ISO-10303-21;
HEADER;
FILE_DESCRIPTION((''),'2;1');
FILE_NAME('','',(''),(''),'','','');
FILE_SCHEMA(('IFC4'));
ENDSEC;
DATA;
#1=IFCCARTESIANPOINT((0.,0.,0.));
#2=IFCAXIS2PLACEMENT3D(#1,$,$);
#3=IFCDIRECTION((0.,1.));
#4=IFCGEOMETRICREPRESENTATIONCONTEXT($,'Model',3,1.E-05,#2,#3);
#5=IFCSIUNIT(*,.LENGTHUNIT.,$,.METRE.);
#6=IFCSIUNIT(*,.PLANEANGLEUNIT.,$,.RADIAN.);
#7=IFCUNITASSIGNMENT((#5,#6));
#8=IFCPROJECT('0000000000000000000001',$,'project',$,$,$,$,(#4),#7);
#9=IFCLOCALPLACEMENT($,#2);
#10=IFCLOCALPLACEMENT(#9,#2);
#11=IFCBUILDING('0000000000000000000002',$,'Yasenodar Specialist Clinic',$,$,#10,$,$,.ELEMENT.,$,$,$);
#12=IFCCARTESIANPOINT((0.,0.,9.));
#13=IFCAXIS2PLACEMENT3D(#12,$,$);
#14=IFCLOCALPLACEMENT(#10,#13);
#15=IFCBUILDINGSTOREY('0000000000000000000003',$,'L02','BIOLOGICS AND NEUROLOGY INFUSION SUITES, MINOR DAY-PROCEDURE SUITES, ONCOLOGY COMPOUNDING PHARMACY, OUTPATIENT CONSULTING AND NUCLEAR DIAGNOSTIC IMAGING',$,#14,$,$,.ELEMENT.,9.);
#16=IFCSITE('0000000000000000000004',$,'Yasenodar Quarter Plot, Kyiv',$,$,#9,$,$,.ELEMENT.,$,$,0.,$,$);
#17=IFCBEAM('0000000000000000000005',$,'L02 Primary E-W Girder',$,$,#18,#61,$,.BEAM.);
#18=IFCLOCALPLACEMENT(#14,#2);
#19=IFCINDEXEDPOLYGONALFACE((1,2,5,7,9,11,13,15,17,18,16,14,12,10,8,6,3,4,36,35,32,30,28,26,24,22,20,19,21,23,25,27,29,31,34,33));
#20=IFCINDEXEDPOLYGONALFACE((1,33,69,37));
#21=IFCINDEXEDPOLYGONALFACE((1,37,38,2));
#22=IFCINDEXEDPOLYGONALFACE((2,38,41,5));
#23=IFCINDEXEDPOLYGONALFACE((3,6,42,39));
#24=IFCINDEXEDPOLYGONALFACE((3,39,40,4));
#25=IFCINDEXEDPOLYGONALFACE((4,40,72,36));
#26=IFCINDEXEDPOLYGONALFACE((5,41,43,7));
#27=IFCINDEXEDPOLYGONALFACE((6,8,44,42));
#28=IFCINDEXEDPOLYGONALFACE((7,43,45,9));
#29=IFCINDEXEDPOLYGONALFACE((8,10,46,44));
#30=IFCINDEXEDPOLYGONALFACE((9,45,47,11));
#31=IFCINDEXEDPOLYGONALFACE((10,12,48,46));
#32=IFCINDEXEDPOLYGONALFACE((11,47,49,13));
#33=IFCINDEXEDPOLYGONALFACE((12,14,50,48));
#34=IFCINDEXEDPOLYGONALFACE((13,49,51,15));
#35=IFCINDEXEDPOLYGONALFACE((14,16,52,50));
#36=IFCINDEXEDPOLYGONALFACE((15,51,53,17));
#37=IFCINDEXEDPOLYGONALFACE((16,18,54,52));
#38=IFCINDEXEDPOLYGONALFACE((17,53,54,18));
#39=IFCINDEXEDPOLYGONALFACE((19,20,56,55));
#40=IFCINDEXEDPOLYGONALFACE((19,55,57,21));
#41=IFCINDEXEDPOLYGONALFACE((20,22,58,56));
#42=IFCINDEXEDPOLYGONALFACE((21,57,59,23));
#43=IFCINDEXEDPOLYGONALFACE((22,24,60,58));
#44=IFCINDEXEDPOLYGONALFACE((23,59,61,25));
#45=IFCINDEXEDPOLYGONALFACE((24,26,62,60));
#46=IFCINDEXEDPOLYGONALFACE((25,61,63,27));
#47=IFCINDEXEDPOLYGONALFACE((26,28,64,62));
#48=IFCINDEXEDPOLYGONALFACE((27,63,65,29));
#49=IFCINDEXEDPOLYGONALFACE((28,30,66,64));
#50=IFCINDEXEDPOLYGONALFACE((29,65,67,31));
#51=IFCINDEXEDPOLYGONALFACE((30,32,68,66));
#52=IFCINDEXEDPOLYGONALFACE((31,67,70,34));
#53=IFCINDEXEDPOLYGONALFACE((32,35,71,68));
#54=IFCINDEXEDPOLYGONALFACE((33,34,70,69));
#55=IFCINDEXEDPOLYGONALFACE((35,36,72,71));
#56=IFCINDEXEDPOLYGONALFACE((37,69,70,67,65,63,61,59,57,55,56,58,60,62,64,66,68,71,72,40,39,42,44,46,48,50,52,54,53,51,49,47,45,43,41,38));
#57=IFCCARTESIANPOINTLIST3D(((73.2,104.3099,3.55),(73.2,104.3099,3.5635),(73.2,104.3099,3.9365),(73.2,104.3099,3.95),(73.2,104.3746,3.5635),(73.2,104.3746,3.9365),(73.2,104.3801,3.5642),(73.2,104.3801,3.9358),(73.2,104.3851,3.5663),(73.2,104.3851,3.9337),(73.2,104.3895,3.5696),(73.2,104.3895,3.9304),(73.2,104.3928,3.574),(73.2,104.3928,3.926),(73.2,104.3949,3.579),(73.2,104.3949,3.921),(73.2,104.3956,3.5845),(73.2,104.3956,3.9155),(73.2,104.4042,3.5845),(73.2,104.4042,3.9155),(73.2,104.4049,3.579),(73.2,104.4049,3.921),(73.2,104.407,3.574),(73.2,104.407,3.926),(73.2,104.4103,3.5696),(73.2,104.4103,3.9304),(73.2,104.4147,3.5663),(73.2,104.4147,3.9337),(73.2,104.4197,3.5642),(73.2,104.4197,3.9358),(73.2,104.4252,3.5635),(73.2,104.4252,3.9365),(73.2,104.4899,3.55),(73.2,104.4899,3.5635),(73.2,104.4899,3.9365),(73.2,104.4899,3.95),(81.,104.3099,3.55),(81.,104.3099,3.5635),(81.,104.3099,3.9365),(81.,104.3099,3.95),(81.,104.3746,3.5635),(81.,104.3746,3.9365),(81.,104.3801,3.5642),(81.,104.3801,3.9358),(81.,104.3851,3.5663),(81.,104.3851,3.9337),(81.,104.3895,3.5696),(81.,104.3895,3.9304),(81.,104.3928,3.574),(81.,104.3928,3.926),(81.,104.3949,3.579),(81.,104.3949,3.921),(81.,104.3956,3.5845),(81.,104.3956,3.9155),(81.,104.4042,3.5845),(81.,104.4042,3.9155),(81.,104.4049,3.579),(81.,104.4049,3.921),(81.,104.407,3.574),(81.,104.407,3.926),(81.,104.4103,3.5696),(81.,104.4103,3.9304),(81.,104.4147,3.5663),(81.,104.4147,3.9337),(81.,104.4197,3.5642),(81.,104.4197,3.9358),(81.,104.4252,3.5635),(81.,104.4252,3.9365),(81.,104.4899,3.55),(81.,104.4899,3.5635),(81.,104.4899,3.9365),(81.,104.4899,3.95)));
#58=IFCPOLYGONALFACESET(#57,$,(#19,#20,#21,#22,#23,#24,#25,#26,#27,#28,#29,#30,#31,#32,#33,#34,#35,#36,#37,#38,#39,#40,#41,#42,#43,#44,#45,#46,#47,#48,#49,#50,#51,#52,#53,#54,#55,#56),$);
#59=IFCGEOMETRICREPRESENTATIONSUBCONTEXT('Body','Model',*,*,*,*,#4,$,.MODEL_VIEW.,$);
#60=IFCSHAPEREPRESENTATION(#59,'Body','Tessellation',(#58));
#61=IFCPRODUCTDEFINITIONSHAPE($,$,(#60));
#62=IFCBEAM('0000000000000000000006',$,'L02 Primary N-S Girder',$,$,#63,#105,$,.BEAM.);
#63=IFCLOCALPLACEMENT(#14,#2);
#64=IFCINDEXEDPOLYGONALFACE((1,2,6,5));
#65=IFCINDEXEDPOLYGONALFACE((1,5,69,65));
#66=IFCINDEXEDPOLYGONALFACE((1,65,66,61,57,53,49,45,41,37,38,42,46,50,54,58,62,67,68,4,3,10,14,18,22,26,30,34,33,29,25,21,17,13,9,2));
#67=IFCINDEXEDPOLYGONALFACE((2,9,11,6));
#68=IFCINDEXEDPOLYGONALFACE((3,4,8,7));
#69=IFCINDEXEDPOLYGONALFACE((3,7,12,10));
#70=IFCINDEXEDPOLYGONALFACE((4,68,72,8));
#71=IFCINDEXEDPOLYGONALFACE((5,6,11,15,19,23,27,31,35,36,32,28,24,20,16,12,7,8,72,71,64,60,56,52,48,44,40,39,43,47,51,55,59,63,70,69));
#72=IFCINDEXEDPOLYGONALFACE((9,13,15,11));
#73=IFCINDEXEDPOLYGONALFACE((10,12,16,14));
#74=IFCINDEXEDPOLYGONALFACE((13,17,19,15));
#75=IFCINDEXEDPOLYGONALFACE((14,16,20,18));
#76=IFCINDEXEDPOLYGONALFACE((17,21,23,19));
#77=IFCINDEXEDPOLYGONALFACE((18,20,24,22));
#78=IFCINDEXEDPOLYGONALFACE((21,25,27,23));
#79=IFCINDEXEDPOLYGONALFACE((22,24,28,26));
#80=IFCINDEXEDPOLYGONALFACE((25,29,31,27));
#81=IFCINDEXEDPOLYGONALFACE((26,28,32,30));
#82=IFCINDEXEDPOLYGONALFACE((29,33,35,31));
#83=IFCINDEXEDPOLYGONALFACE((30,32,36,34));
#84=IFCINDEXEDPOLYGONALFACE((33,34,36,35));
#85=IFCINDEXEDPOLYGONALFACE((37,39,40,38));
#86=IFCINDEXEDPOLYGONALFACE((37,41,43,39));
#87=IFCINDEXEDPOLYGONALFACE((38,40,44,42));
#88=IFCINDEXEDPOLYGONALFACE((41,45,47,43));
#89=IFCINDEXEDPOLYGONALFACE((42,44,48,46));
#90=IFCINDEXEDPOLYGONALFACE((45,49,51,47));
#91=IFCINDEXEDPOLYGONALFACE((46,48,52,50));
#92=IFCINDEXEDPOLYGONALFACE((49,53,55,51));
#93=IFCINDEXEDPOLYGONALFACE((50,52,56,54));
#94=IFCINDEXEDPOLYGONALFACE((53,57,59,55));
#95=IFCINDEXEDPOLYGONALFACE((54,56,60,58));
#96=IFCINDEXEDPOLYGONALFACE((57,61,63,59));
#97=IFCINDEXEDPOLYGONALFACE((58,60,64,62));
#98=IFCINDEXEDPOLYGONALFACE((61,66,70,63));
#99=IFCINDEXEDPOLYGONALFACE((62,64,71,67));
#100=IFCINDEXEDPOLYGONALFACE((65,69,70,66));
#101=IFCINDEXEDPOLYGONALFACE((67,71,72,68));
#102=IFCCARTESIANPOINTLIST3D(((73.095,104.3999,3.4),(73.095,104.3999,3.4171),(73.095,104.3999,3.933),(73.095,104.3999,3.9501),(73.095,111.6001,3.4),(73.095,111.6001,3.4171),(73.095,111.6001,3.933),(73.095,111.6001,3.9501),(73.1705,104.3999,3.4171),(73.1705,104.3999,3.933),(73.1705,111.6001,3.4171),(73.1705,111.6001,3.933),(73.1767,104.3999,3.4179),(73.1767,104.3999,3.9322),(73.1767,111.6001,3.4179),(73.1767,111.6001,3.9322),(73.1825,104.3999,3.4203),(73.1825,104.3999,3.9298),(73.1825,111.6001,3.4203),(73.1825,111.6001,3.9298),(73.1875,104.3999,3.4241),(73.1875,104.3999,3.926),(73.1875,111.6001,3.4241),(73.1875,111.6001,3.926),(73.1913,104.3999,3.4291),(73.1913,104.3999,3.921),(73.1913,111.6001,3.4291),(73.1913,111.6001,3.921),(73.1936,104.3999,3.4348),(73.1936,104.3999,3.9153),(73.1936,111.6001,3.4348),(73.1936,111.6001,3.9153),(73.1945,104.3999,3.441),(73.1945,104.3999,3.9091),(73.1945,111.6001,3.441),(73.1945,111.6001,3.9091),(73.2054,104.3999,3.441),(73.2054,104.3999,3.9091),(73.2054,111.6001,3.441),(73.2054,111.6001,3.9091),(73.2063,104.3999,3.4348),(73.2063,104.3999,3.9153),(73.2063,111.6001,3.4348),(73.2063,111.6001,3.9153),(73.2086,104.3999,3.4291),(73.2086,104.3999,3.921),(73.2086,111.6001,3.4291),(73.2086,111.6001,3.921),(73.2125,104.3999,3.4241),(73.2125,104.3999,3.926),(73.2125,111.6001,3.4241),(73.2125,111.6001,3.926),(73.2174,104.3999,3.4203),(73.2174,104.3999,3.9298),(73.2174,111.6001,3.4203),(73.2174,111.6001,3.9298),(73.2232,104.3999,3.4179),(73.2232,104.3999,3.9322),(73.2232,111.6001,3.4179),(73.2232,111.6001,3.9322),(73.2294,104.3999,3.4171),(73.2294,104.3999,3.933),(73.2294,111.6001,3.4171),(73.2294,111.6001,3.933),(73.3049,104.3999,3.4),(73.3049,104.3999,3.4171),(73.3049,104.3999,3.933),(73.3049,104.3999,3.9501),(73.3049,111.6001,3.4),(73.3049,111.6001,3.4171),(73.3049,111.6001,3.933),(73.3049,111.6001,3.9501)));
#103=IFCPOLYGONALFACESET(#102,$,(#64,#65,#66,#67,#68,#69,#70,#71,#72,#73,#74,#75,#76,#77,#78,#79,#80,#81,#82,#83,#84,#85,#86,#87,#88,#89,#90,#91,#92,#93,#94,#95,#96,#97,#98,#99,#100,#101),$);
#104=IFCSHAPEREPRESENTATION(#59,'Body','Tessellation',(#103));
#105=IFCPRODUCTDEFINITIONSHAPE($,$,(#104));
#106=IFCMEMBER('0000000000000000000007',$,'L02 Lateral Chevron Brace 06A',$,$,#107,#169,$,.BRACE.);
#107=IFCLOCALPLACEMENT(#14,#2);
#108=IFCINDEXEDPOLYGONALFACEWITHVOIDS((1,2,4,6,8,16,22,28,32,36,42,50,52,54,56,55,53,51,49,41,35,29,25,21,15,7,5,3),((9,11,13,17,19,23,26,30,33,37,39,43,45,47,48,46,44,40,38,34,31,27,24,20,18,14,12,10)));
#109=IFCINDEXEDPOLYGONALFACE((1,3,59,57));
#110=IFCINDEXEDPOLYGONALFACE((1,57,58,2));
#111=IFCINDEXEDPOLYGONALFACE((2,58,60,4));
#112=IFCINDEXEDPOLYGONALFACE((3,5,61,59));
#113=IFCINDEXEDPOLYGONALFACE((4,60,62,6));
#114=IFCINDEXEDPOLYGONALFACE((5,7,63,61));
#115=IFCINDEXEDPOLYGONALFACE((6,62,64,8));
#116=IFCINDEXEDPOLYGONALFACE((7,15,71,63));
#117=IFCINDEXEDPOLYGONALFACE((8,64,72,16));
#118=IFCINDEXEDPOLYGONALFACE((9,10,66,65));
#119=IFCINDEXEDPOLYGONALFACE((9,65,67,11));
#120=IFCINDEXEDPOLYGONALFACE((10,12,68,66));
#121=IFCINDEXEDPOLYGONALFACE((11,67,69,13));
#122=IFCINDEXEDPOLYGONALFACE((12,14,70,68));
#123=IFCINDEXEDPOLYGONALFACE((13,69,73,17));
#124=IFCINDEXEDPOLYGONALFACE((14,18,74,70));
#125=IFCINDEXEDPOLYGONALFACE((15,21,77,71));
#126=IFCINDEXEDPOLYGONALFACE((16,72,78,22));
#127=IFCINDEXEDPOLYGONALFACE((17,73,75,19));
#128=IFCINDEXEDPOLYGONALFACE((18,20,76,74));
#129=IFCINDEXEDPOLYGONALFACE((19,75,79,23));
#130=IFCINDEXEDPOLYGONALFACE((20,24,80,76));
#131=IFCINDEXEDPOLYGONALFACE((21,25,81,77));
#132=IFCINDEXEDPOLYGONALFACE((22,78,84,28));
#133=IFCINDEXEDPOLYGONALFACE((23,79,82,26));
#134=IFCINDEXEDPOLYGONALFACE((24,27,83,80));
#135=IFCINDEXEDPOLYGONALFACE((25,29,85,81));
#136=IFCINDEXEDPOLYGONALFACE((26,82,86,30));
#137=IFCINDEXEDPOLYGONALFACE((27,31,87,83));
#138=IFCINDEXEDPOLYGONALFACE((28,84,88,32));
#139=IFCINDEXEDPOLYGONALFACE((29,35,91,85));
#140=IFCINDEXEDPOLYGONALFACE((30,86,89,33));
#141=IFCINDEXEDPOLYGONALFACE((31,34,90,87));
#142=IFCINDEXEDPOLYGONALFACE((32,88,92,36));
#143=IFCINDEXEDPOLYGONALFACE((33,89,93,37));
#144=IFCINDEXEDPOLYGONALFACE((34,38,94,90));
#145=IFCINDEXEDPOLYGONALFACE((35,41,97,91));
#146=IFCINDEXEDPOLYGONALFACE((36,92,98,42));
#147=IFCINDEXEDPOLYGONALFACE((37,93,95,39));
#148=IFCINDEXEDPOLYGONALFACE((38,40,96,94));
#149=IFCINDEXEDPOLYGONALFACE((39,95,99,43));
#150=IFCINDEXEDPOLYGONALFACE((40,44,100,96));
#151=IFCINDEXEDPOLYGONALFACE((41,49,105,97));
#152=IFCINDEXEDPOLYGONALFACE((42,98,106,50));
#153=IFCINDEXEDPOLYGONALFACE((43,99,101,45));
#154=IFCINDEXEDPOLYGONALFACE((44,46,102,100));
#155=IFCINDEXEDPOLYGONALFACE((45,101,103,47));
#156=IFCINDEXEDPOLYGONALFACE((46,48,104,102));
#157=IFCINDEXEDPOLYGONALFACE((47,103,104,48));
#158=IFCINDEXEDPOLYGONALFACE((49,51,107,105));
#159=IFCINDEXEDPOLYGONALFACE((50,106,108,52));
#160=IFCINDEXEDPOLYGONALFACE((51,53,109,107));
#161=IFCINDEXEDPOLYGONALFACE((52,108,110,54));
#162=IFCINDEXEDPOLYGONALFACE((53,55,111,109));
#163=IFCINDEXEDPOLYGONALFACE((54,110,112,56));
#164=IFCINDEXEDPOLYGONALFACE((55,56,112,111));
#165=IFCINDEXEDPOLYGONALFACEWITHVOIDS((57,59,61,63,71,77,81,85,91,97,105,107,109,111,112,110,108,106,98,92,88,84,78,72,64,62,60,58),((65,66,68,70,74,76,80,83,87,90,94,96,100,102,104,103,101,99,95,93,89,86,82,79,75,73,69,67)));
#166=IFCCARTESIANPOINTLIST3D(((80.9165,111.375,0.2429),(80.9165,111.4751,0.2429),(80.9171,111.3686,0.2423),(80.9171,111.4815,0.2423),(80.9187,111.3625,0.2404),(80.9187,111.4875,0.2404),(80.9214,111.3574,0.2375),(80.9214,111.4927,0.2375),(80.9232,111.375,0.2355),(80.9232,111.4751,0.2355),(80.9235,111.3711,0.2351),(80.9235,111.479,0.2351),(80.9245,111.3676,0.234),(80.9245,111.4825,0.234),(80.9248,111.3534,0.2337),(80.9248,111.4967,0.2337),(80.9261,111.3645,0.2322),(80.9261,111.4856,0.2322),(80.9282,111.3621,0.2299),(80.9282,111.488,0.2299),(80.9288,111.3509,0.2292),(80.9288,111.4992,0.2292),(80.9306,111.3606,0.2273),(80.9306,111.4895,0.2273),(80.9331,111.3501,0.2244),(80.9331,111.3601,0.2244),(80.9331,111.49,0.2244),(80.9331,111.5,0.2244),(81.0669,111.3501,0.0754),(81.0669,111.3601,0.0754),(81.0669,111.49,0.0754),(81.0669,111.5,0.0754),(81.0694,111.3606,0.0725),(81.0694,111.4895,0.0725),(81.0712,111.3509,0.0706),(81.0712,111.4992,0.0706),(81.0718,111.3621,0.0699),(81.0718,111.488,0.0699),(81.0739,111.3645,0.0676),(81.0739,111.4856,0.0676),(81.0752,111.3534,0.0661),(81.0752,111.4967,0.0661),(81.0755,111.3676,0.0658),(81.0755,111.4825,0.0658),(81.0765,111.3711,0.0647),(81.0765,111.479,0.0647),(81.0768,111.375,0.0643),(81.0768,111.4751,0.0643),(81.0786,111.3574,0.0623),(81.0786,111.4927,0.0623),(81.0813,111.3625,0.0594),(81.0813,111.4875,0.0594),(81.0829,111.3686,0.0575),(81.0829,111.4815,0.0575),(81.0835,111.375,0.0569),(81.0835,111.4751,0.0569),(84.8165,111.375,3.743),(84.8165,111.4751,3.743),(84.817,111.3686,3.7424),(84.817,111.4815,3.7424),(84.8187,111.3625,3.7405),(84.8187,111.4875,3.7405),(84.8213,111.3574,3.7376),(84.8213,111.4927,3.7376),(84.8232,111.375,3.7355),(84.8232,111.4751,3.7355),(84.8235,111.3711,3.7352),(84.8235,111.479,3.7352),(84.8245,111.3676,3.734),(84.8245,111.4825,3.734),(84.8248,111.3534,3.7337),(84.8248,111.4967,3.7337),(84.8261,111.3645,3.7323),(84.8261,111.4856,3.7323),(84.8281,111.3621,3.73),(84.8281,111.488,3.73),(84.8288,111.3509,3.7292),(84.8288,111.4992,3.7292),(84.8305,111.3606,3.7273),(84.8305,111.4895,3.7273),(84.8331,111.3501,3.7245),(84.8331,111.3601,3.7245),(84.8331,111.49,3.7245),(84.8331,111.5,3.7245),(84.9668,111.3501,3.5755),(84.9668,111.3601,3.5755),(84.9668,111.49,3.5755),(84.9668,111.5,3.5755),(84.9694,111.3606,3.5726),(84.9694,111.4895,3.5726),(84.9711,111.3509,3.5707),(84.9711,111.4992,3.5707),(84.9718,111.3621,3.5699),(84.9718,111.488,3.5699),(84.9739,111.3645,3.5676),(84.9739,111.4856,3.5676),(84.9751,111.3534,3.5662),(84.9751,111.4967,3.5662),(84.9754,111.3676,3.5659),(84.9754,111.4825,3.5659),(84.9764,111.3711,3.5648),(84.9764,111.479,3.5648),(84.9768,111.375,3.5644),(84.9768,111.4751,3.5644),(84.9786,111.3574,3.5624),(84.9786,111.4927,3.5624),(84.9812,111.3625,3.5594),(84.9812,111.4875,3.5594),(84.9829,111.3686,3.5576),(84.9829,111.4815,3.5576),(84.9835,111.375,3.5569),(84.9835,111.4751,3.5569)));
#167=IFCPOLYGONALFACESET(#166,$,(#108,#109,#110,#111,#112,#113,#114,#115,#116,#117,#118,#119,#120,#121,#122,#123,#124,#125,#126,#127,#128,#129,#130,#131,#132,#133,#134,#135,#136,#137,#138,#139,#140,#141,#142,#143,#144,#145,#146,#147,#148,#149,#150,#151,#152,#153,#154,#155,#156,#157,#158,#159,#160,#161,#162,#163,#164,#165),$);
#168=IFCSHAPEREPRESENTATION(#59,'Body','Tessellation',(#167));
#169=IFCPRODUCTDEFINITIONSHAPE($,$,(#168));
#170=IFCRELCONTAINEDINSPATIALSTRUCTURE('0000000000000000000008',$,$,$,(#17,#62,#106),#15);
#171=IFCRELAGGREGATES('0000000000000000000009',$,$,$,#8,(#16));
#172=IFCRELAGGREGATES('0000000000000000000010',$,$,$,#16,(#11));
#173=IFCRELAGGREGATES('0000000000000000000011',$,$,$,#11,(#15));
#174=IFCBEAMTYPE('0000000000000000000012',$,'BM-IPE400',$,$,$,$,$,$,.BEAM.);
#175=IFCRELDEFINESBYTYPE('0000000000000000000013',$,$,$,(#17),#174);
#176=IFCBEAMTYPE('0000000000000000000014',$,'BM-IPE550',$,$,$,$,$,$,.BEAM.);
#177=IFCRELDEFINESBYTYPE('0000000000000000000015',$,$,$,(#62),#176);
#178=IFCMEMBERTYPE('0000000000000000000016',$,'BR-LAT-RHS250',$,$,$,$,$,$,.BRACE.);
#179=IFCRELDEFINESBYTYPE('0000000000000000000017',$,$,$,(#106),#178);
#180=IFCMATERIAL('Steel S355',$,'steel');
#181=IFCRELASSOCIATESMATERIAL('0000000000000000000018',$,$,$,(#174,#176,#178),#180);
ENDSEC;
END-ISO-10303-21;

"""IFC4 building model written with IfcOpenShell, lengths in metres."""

from ifc_helpers import new_model, si_unit, direction, frame, origin, origin_2d, place, context, subcontext, project, spatial, hollow_rectangle, i_section, extrude, material, material_profile, profile_set, type_object, element, save


model = new_model("IFC4")

# Units and contexts
model_context = context("Model", 3, precision=1e-05, world=origin(), true_north=direction((0.0, 1.0)))
body_context = subcontext(model_context, "Body", "Model", "MODEL_VIEW")
ifc_project = project(units=[si_unit("LENGTHUNIT", "METRE"), si_unit("PLANEANGLEUNIT", "RADIAN")], contexts=[model_context])

# Site, building, storey
site_placement = place(None, origin())
site = spatial("IfcSite", under=ifc_project, at=site_placement, Name="Yasenodar Quarter Plot, Kyiv", CompositionType="ELEMENT", RefElevation=0.0)
building_placement = place(site_placement, origin())
building = spatial("IfcBuilding", under=site, at=building_placement, Name="Yasenodar Specialist Clinic", CompositionType="ELEMENT")
storey_placement = place(building_placement, frame((0.0, 0.0, 9.0)))
storey = spatial("IfcBuildingStorey", under=building, at=storey_placement, Name="L02", Description="BIOLOGICS AND NEUROLOGY INFUSION SUITES, MINOR DAY-PROCEDURE SUITES, ONCOLOGY COMPOUNDING PHARMACY, OUTPATIENT CONSULTING AND NUCLEAR DIAGNOSTIC IMAGING", CompositionType="ELEMENT", Elevation=9.0)

# Shared definitions
ifc_material_1 = material(Name="Steel S355", Category="steel")

# Beams
ifc_material_profile_1 = material_profile(ifc_material_1, i_section(OverallWidth=0.1799, OverallDepth=0.3999, WebThickness=0.0085, FlangeThickness=0.0134, FilletRadius=0.021, at=origin_2d()), Name="IPE 400")
ifc_profile_set_1 = profile_set([ifc_material_profile_1], Name="Steel S355")
beam_type_1 = type_object("IfcBeamType", Name="BM-IPE400", PredefinedType="BEAM", material=ifc_profile_set_1)
beam_1_placement = place(storey_placement, frame((73.2, 104.3999, 3.75), z_axis=(1.0, 0.0, 0.0), x_axis=(0.0, 1.0, 0.0)))
element("IfcBeam", 1, at=beam_1_placement, inside=storey, type_object=beam_type_1, Name="L02 Primary E-W Girder", PredefinedType="BEAM", context=body_context, shape_type="SweptSolid", body=[
    extrude(i_section(OverallWidth=0.1799, OverallDepth=0.3999, WebThickness=0.0085, FlangeThickness=0.0134, FilletRadius=0.021, at=origin_2d()), origin(), (0.0, 0.0, 1.0), 7.8),
])
ifc_material_profile_2 = material_profile(ifc_material_1, i_section(OverallWidth=0.21, OverallDepth=0.55, WebThickness=0.011, FlangeThickness=0.0171, FilletRadius=0.0239, at=origin_2d()), Name="IPE 550")
ifc_profile_set_2 = profile_set([ifc_material_profile_2], Name="Steel S355")
beam_type_2 = type_object("IfcBeamType", Name="BM-IPE550", PredefinedType="BEAM", material=ifc_profile_set_2)
beam_2_placement = place(storey_placement, frame((73.2, 104.3999, 3.675), z_axis=(0.0, 1.0, 0.0), x_axis=(-1.0, 0.0, 0.0)))
element("IfcBeam", 2, at=beam_2_placement, inside=storey, type_object=beam_type_2, Name="L02 Primary N-S Girder", PredefinedType="BEAM", context=body_context, shape_type="SweptSolid", body=[
    extrude(i_section(OverallWidth=0.21, OverallDepth=0.55, WebThickness=0.011, FlangeThickness=0.0171, FilletRadius=0.0239, at=origin_2d()), origin(), (0.0, 0.0, 1.0), 7.2002),
])

# Member
ifc_material_profile_3 = material_profile(ifc_material_1, hollow_rectangle(XDim=0.1499, YDim=0.25, WallThickness=0.01, InnerFilletRadius=0.0149, OuterFilletRadius=0.0249, at=origin_2d()), Name="RHS 250x150x10")
ifc_profile_set_3 = profile_set([ifc_material_profile_3], Name="Steel S355")
member_type = type_object("IfcMemberType", Name="BR-LAT-RHS250", PredefinedType="BRACE", material=ifc_profile_set_3)
member_placement = place(storey_placement, frame((81.0, 111.425, 0.1499), z_axis=(0.744234, 0.0, 0.667919), x_axis=(0.0, 1.0, 0.0)))
element("IfcMember", 3, at=member_placement, inside=storey, type_object=member_type, Name="L02 Lateral Chevron Brace 06A", PredefinedType="BRACE", context=body_context, shape_type="SweptSolid", body=[
    extrude(hollow_rectangle(XDim=0.1499, YDim=0.25, WallThickness=0.01, InnerFilletRadius=0.0149, OuterFilletRadius=0.0249, at=origin_2d()), origin(), (0.0, 0.0, 1.0), 5.2402),
])

save(model, "model.ifc")
